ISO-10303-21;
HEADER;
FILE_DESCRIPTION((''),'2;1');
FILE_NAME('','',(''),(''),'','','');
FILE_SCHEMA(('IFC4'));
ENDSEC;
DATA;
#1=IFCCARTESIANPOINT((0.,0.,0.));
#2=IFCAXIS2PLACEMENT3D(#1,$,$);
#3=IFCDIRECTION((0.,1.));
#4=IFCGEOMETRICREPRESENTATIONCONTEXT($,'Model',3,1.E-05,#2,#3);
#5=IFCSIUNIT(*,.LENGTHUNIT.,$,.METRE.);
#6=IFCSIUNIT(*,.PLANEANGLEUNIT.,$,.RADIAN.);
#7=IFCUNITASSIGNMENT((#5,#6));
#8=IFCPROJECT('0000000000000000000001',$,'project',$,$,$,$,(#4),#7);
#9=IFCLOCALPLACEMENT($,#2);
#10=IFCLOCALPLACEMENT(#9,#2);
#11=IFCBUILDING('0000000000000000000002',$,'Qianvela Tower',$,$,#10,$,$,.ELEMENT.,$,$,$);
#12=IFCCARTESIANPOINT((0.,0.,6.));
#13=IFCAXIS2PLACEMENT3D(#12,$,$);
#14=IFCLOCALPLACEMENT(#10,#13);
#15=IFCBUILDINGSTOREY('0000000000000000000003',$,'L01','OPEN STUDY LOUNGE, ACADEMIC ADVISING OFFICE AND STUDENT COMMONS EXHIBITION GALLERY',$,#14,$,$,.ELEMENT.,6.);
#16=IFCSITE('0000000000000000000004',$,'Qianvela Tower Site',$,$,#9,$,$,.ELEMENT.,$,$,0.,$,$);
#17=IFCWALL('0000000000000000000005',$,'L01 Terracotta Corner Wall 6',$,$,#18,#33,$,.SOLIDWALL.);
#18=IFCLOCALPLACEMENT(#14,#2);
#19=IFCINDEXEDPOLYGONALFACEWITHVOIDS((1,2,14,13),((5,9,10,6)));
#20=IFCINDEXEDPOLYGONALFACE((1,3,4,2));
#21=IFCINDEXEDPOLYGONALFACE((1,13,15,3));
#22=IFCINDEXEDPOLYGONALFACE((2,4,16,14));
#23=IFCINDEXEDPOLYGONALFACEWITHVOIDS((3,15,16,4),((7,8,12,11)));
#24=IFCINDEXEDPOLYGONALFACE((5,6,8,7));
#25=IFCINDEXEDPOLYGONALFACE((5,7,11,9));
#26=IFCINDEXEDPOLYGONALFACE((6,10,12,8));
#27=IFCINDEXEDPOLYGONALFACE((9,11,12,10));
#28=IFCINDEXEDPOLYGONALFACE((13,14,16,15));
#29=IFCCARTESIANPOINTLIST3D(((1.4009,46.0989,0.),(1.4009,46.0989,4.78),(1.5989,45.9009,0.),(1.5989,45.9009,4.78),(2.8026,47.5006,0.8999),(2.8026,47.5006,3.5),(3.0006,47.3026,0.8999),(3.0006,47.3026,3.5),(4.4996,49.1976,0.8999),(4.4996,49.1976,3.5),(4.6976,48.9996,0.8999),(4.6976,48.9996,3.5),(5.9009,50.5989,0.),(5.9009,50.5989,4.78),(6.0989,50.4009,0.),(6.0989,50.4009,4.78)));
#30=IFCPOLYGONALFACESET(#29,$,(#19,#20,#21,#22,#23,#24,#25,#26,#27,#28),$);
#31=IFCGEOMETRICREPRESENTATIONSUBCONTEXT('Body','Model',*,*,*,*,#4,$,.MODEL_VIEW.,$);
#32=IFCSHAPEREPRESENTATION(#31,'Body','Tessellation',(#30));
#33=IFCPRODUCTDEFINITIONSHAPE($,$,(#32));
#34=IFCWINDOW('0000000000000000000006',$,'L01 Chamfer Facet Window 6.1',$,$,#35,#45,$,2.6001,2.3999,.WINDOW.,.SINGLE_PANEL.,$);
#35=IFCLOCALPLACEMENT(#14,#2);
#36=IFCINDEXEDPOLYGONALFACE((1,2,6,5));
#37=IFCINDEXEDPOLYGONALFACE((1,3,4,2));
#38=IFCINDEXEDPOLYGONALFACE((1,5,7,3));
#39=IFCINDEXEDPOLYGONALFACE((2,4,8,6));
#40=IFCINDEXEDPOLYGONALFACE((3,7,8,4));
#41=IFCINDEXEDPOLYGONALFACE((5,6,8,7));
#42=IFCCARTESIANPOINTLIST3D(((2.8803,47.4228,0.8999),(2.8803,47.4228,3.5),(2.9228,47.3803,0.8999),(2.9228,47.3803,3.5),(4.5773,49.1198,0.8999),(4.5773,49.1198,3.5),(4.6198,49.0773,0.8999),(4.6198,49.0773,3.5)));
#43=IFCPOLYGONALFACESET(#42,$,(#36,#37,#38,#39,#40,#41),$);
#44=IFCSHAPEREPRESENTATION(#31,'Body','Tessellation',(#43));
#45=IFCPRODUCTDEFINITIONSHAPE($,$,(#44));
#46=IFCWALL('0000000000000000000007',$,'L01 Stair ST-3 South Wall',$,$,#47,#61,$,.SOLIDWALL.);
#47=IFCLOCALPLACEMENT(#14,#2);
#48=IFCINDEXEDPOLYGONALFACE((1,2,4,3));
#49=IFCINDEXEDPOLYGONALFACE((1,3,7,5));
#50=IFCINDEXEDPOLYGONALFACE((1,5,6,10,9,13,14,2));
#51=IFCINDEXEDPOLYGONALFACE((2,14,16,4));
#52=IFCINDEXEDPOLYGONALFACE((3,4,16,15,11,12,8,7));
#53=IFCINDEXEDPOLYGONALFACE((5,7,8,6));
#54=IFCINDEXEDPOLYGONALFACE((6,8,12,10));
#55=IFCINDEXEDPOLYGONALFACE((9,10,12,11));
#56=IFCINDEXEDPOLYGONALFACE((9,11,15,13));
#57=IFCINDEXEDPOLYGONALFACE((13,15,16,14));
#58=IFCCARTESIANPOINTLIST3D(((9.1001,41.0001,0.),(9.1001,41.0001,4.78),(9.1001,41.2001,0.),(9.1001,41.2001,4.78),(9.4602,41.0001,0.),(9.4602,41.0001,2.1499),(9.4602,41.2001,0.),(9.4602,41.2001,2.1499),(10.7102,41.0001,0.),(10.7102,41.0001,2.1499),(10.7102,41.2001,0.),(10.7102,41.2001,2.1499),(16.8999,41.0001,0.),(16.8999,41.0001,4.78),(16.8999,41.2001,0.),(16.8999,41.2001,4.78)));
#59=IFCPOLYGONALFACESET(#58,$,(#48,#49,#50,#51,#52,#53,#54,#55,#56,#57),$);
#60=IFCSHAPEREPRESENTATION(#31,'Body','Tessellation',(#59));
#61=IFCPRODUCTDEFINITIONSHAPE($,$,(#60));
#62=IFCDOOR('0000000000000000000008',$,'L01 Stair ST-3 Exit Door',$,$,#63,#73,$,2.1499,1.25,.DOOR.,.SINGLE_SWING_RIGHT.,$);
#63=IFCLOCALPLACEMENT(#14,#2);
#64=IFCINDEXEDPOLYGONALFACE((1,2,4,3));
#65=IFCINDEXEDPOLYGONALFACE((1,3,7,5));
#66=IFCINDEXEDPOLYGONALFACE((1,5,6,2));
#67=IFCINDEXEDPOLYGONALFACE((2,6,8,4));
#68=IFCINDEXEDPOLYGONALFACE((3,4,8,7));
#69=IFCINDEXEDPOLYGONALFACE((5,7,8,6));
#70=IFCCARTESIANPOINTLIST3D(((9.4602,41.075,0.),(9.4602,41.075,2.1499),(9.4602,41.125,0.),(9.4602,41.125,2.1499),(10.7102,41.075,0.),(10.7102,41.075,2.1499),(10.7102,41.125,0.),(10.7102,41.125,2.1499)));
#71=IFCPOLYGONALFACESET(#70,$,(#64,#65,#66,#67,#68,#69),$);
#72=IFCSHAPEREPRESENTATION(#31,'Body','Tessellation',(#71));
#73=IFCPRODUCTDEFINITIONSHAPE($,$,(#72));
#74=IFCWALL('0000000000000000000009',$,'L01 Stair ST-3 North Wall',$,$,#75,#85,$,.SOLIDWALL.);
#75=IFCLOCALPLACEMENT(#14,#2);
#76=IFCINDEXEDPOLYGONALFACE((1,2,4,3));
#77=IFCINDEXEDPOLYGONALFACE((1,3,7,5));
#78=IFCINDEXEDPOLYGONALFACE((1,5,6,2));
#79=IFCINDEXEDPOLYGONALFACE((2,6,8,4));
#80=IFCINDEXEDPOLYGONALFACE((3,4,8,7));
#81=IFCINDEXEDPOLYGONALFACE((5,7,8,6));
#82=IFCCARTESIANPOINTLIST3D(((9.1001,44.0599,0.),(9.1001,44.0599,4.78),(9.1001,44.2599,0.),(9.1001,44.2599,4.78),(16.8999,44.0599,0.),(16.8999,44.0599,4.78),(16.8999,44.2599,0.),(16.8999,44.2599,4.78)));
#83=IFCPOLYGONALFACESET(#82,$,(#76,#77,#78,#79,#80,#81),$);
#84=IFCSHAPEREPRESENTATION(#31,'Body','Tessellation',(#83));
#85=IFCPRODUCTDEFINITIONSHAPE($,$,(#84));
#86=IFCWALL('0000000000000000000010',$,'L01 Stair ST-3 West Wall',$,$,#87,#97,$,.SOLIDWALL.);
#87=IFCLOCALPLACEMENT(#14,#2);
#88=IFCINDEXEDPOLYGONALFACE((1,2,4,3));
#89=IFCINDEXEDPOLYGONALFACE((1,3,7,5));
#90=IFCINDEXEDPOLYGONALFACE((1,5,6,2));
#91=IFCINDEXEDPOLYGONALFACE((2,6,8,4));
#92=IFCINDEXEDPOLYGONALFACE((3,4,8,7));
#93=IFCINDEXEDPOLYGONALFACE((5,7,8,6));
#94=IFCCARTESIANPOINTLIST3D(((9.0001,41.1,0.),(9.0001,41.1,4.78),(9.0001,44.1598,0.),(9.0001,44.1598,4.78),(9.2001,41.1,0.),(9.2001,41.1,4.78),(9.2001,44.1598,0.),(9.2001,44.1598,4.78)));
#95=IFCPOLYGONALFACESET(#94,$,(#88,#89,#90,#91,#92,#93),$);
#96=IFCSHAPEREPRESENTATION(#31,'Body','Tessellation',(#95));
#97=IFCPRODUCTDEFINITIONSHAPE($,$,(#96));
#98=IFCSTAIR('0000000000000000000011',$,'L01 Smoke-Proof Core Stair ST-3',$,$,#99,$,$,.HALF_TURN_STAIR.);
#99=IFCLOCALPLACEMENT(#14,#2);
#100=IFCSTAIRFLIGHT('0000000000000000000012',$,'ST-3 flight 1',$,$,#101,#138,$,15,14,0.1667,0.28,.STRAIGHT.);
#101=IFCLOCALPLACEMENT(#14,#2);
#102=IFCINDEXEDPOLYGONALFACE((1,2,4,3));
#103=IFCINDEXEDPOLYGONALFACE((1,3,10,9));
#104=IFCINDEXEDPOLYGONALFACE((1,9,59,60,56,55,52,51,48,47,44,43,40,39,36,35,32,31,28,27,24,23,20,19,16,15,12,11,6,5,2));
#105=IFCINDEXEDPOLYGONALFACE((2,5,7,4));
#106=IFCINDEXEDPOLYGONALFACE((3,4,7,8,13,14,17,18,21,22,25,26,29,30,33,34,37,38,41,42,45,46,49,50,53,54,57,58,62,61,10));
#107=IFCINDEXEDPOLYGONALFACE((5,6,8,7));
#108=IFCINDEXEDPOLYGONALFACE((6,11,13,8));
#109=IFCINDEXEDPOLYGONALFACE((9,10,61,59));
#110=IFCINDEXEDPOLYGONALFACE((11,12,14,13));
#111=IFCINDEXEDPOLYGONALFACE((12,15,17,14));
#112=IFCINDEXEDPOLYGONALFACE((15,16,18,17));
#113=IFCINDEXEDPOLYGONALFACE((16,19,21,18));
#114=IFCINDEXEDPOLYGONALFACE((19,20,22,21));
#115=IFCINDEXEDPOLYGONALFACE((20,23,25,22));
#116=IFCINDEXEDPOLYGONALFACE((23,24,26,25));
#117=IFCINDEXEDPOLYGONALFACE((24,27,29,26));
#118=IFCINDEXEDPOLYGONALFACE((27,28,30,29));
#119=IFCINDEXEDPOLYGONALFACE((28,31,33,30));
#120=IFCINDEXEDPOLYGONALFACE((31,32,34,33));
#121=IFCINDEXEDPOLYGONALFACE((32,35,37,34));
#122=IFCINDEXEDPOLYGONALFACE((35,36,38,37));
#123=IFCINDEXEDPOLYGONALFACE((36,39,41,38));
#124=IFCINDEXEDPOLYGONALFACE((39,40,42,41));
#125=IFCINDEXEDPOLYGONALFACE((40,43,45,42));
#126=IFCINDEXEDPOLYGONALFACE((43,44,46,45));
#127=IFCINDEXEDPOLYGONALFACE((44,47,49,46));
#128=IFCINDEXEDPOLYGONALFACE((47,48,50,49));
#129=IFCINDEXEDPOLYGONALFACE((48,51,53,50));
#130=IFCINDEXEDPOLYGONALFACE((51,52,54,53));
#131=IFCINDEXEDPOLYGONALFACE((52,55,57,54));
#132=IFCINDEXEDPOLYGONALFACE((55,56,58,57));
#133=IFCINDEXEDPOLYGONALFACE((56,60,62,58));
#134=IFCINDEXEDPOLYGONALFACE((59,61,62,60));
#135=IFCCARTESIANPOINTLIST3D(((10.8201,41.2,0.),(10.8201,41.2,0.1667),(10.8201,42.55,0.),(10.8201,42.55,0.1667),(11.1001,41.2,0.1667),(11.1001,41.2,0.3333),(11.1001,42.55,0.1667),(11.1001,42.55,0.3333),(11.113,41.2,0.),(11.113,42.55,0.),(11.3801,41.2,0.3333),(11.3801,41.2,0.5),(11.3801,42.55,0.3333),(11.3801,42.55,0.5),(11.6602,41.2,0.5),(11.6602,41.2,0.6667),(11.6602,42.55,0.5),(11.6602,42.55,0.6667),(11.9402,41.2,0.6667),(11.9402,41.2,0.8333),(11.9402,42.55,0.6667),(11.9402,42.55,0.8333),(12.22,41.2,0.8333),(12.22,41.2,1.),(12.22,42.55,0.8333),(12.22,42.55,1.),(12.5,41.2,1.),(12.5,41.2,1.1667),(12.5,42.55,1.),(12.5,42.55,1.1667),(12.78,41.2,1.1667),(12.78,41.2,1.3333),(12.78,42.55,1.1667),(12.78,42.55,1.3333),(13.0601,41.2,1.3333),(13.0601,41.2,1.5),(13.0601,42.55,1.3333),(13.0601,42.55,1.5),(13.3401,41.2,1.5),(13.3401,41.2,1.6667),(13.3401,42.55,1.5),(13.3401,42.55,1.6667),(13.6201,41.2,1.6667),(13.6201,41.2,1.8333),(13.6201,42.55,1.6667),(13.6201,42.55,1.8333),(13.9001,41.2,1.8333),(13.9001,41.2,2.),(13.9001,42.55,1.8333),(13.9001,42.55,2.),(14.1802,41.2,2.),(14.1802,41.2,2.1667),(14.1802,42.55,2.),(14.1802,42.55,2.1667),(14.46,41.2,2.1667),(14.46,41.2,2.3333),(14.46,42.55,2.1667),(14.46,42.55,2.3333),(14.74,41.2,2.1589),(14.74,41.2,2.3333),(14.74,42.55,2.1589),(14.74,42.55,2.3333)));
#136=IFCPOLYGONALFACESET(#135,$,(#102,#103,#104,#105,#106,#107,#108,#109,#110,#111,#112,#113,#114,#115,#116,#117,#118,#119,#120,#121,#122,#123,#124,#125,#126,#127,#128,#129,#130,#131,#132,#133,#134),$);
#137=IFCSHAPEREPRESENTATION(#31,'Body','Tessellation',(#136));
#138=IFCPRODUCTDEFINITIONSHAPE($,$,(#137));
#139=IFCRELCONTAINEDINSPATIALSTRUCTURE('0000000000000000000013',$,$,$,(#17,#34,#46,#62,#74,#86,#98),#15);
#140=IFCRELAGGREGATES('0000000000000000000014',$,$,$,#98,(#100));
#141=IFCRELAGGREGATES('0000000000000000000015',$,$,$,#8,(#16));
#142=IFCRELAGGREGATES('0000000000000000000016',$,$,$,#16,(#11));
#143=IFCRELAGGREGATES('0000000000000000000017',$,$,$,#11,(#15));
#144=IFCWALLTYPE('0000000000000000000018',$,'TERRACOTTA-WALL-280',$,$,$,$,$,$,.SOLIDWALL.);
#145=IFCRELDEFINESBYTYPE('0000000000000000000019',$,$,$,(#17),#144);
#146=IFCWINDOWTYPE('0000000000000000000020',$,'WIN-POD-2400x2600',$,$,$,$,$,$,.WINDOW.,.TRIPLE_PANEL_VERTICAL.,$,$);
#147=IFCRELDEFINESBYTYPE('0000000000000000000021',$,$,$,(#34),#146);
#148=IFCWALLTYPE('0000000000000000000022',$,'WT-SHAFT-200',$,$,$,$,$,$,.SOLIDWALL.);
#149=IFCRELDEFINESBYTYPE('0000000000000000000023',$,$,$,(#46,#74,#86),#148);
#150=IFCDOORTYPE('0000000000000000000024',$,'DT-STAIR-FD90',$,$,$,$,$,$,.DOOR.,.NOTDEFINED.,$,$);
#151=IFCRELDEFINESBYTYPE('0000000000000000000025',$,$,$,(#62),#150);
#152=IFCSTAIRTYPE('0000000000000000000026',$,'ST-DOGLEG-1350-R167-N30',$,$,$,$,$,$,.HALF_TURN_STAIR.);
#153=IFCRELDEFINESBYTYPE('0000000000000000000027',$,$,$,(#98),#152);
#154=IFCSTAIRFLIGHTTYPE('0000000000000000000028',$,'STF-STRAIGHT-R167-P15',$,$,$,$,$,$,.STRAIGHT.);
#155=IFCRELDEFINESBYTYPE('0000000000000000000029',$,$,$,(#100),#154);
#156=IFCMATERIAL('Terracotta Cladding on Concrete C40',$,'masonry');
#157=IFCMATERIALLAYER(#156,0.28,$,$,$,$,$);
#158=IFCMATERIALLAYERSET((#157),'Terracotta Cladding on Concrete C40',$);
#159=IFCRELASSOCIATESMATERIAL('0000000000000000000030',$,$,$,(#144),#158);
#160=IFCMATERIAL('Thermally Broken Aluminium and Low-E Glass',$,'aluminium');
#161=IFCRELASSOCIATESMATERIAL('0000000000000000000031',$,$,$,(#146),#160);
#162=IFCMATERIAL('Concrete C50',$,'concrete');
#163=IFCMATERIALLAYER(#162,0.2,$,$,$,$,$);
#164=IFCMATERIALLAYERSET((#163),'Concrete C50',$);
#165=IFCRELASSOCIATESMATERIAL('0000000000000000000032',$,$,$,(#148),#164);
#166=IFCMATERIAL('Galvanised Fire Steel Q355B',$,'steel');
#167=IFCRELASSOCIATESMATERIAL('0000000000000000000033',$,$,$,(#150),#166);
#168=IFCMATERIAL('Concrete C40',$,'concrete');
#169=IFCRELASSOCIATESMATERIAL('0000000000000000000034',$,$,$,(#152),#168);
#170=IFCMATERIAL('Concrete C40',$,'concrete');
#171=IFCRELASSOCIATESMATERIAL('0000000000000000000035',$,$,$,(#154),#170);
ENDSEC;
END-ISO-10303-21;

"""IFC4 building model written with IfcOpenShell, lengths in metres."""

from ifc_helpers import new_model, si_unit, direction, frame, frame_2d, origin, place, context, subcontext, project, spatial, polyline, rectangle, outline, extrude, material, layer, layer_set, type_object, element, fill, aggregate, save


model = new_model("IFC4")

# Units and contexts
model_context = context("Model", 3, precision=1e-05, world=origin(), true_north=direction((0.0, 1.0)))
body_context = subcontext(model_context, "Body", "Model", "MODEL_VIEW")
ifc_project = project(units=[si_unit("LENGTHUNIT", "METRE"), si_unit("PLANEANGLEUNIT", "RADIAN")], contexts=[model_context])

# Site, building, storey
site_placement = place(None, origin())
site = spatial("IfcSite", under=ifc_project, at=site_placement, Name="Qianvela Tower Site", CompositionType="ELEMENT", RefElevation=0.0)
building_placement = place(site_placement, origin())
building = spatial("IfcBuilding", under=site, at=building_placement, Name="Qianvela Tower", CompositionType="ELEMENT")
storey_placement = place(building_placement, frame((0.0, 0.0, 6.0)))
storey = spatial("IfcBuildingStorey", under=building, at=storey_placement, Name="L01", Description="OPEN STUDY LOUNGE, ACADEMIC ADVISING OFFICE AND STUDENT COMMONS EXHIBITION GALLERY", CompositionType="ELEMENT", Elevation=6.0)

# Wall, opening, window
ifc_material_1 = material(Name="Terracotta Cladding on Concrete C40", Category="masonry")
ifc_layer_1 = layer(ifc_material_1, 0.28)
ifc_layer_set_1 = layer_set([ifc_layer_1], Name="Terracotta Cladding on Concrete C40")
wall_type_1 = type_object("IfcWallType", Name="TERRACOTTA-WALL-280", PredefinedType="SOLIDWALL", material=ifc_layer_set_1)
wall_1_placement = place(storey_placement, frame((6.0, 50.5, 0.0), z_axis=(0.0, 0.0, 1.0), x_axis=(-0.707107, -0.707107, 0.0)))
wall_1 = element("IfcWall", 1, at=wall_1_placement, inside=storey, type_object=wall_type_1, Name="L01 Terracotta Corner Wall 6", PredefinedType="SOLIDWALL", context=body_context, shape_type="SweptSolid", body=[
    extrude(rectangle(XDim=6.364, YDim=0.28, at=frame_2d((3.1821, 0.0))), origin(), (0.0, 0.0, 1.0), 4.78),
])
opening_1_placement = place(wall_1_placement, frame((1.9819, 0.0, 0.8999)))
opening_1 = element("IfcOpeningElement", 2, at=opening_1_placement, cuts=wall_1, PredefinedType="OPENING", context=body_context, shape_type="SweptSolid", body=[
    extrude(rectangle(XDim=2.3999, YDim=2.6001, at=frame_2d((1.2, 1.3))), frame((0.0, 0.1499, 0.0), z_axis=(0.0, -1.0, 0.0), x_axis=(1.0, 0.0, 0.0)), (0.0, 0.0, 1.0), 0.3),
])
ifc_material_2 = material(Name="Thermally Broken Aluminium and Low-E Glass", Category="aluminium")
window_type = type_object("IfcWindowType", Name="WIN-POD-2400x2600", PartitioningType="TRIPLE_PANEL_VERTICAL", PredefinedType="WINDOW", material=ifc_material_2)
window_placement = place(opening_1_placement, origin())
window = element("IfcWindow", 3, at=window_placement, inside=storey, type_object=window_type, Name="L01 Chamfer Facet Window 6.1", OverallHeight=2.6001, OverallWidth=2.3999, PartitioningType="SINGLE_PANEL", PredefinedType="WINDOW", context=body_context, shape_type="SweptSolid", body=[
    extrude(rectangle(XDim=2.3999, YDim=2.6001, at=frame_2d((1.2, 1.3))), frame((0.0, 0.03, 0.0), z_axis=(0.0, -1.0, 0.0), x_axis=(1.0, 0.0, 0.0)), (0.0, 0.0, 1.0), 0.0601),
])
fill(opening_1, window)

# Wall, opening, door
ifc_material_3 = material(Name="Concrete C50", Category="concrete")
ifc_layer_2 = layer(ifc_material_3, 0.2)
ifc_layer_set_2 = layer_set([ifc_layer_2], Name="Concrete C50")
wall_type_2 = type_object("IfcWallType", Name="WT-SHAFT-200", PredefinedType="SOLIDWALL", material=ifc_layer_set_2)
wall_2_placement = place(storey_placement, frame((9.1001, 41.1001, 0.0), z_axis=(0.0, 0.0, 1.0), x_axis=(1.0, 0.0, 0.0)))
wall_2 = element("IfcWall", 4, at=wall_2_placement, inside=storey, type_object=wall_type_2, Name="L01 Stair ST-3 South Wall", PredefinedType="SOLIDWALL", context=body_context, shape_type="SweptSolid", body=[
    extrude(rectangle(XDim=7.7998, YDim=0.2, at=frame_2d((3.8999, 0.0))), origin(), (0.0, 0.0, 1.0), 4.78),
])
opening_2_placement = place(wall_2_placement, frame((0.3601, 0.0, 0.0)))
opening_2 = element("IfcOpeningElement", 5, at=opening_2_placement, cuts=wall_2, PredefinedType="OPENING", context=body_context, shape_type="SweptSolid", body=[
    extrude(rectangle(XDim=1.25, YDim=2.1499, at=frame_2d((0.625, 1.075))), frame((0.0, 0.1099, 0.0), z_axis=(0.0, -1.0, 0.0), x_axis=(1.0, 0.0, 0.0)), (0.0, 0.0, 1.0), 0.22),
])
ifc_material_4 = material(Name="Galvanised Fire Steel Q355B", Category="steel")
door_type = type_object("IfcDoorType", Name="DT-STAIR-FD90", OperationType="NOTDEFINED", PredefinedType="DOOR", material=ifc_material_4)
door_placement = place(opening_2_placement, origin())
door = element("IfcDoor", 6, at=door_placement, inside=storey, type_object=door_type, Name="L01 Stair ST-3 Exit Door", OperationType="SINGLE_SWING_RIGHT", OverallHeight=2.1499, OverallWidth=1.25, PredefinedType="DOOR", context=body_context, shape_type="SweptSolid", body=[
    extrude(rectangle(XDim=1.25, YDim=2.1499, at=frame_2d((0.625, 1.075))), frame((0.0, 0.0249, 0.0), z_axis=(0.0, -1.0, 0.0), x_axis=(1.0, 0.0, 0.0)), (0.0, 0.0, 1.0), 0.05),
])
fill(opening_2, door)

# Walls
wall_3_placement = place(storey_placement, frame((9.1001, 44.1599, 0.0), z_axis=(0.0, 0.0, 1.0), x_axis=(1.0, 0.0, 0.0)))
element("IfcWall", 7, at=wall_3_placement, inside=storey, type_object=wall_type_2, Name="L01 Stair ST-3 North Wall", PredefinedType="SOLIDWALL", context=body_context, shape_type="SweptSolid", body=[
    extrude(rectangle(XDim=7.7998, YDim=0.2, at=frame_2d((3.8999, 0.0))), origin(), (0.0, 0.0, 1.0), 4.78),
])
wall_4_placement = place(storey_placement, frame((9.1001, 41.1001, 0.0), z_axis=(0.0, 0.0, 1.0), x_axis=(0.0, 1.0, 0.0)))
element("IfcWall", 8, at=wall_4_placement, inside=storey, type_object=wall_type_2, Name="L01 Stair ST-3 West Wall", PredefinedType="SOLIDWALL", context=body_context, shape_type="SweptSolid", body=[
    extrude(rectangle(XDim=3.0598, YDim=0.2, at=frame_2d((1.5298, 0.0))), origin(), (0.0, 0.0, 1.0), 4.78),
])

# Stair, stair flight
ifc_material_5 = material(Name="Concrete C40", Category="concrete")
stair_type = type_object("IfcStairType", Name="ST-DOGLEG-1350-R167-N30", PredefinedType="HALF_TURN_STAIR", material=ifc_material_5)
stair_placement = place(storey_placement, origin())
stair = element("IfcStair", 9, at=stair_placement, inside=storey, type_object=stair_type, Name="L01 Smoke-Proof Core Stair ST-3", PredefinedType="HALF_TURN_STAIR")
ifc_material_6 = material(Name="Concrete C40", Category="concrete")
stair_flight_type = type_object("IfcStairFlightType", Name="STF-STRAIGHT-R167-P15", PredefinedType="STRAIGHT", material=ifc_material_6)
stair_flight_placement = place(storey_placement, frame((10.8201, 41.875, 0.0), z_axis=(0.0, 0.0, 1.0), x_axis=(1.0, 0.0, 0.0)))
stair_flight = element("IfcStairFlight", 10, at=stair_flight_placement, type_object=stair_flight_type, Name="ST-3 flight 1", NumberOfRisers=15, NumberOfTreads=14, PredefinedType="STRAIGHT", RiserHeight=0.1667, TreadLength=0.28, context=body_context, shape_type="SweptSolid", body=[
    extrude(outline(polyline([(0.0, 0.0), (0.0, 0.1667), (0.28, 0.1667), (0.28, 0.3333), (0.5601, 0.3333), (0.5601, 0.5), (0.8401, 0.5), (0.8401, 0.6667), (1.1201, 0.6667), (1.1201, 0.8333), (1.3999, 0.8333), (1.3999, 1.0), (1.6799, 1.0), (1.6799, 1.1667), (1.96, 1.1667), (1.96, 1.3333), (2.24, 1.3333), (2.24, 1.5), (2.52, 1.5), (2.52, 1.6667), (2.8, 1.6667), (2.8, 1.8333), (3.0801, 1.8333), (3.0801, 2.0), (3.3601, 2.0), (3.3601, 2.1667), (3.6399, 2.1667), (3.6399, 2.3333), (3.9199, 2.3333), (3.9199, 2.5), (3.9199, 2.1589), (0.293, 0.0), (0.0, 0.0)])), frame((0.0, 0.675, 0.0), z_axis=(0.0, -1.0, 0.0), x_axis=(1.0, 0.0, 0.0)), (0.0, 0.0, 1.0), 1.3501),
])
aggregate(stair, [stair_flight])

save(model, "model.ifc")
